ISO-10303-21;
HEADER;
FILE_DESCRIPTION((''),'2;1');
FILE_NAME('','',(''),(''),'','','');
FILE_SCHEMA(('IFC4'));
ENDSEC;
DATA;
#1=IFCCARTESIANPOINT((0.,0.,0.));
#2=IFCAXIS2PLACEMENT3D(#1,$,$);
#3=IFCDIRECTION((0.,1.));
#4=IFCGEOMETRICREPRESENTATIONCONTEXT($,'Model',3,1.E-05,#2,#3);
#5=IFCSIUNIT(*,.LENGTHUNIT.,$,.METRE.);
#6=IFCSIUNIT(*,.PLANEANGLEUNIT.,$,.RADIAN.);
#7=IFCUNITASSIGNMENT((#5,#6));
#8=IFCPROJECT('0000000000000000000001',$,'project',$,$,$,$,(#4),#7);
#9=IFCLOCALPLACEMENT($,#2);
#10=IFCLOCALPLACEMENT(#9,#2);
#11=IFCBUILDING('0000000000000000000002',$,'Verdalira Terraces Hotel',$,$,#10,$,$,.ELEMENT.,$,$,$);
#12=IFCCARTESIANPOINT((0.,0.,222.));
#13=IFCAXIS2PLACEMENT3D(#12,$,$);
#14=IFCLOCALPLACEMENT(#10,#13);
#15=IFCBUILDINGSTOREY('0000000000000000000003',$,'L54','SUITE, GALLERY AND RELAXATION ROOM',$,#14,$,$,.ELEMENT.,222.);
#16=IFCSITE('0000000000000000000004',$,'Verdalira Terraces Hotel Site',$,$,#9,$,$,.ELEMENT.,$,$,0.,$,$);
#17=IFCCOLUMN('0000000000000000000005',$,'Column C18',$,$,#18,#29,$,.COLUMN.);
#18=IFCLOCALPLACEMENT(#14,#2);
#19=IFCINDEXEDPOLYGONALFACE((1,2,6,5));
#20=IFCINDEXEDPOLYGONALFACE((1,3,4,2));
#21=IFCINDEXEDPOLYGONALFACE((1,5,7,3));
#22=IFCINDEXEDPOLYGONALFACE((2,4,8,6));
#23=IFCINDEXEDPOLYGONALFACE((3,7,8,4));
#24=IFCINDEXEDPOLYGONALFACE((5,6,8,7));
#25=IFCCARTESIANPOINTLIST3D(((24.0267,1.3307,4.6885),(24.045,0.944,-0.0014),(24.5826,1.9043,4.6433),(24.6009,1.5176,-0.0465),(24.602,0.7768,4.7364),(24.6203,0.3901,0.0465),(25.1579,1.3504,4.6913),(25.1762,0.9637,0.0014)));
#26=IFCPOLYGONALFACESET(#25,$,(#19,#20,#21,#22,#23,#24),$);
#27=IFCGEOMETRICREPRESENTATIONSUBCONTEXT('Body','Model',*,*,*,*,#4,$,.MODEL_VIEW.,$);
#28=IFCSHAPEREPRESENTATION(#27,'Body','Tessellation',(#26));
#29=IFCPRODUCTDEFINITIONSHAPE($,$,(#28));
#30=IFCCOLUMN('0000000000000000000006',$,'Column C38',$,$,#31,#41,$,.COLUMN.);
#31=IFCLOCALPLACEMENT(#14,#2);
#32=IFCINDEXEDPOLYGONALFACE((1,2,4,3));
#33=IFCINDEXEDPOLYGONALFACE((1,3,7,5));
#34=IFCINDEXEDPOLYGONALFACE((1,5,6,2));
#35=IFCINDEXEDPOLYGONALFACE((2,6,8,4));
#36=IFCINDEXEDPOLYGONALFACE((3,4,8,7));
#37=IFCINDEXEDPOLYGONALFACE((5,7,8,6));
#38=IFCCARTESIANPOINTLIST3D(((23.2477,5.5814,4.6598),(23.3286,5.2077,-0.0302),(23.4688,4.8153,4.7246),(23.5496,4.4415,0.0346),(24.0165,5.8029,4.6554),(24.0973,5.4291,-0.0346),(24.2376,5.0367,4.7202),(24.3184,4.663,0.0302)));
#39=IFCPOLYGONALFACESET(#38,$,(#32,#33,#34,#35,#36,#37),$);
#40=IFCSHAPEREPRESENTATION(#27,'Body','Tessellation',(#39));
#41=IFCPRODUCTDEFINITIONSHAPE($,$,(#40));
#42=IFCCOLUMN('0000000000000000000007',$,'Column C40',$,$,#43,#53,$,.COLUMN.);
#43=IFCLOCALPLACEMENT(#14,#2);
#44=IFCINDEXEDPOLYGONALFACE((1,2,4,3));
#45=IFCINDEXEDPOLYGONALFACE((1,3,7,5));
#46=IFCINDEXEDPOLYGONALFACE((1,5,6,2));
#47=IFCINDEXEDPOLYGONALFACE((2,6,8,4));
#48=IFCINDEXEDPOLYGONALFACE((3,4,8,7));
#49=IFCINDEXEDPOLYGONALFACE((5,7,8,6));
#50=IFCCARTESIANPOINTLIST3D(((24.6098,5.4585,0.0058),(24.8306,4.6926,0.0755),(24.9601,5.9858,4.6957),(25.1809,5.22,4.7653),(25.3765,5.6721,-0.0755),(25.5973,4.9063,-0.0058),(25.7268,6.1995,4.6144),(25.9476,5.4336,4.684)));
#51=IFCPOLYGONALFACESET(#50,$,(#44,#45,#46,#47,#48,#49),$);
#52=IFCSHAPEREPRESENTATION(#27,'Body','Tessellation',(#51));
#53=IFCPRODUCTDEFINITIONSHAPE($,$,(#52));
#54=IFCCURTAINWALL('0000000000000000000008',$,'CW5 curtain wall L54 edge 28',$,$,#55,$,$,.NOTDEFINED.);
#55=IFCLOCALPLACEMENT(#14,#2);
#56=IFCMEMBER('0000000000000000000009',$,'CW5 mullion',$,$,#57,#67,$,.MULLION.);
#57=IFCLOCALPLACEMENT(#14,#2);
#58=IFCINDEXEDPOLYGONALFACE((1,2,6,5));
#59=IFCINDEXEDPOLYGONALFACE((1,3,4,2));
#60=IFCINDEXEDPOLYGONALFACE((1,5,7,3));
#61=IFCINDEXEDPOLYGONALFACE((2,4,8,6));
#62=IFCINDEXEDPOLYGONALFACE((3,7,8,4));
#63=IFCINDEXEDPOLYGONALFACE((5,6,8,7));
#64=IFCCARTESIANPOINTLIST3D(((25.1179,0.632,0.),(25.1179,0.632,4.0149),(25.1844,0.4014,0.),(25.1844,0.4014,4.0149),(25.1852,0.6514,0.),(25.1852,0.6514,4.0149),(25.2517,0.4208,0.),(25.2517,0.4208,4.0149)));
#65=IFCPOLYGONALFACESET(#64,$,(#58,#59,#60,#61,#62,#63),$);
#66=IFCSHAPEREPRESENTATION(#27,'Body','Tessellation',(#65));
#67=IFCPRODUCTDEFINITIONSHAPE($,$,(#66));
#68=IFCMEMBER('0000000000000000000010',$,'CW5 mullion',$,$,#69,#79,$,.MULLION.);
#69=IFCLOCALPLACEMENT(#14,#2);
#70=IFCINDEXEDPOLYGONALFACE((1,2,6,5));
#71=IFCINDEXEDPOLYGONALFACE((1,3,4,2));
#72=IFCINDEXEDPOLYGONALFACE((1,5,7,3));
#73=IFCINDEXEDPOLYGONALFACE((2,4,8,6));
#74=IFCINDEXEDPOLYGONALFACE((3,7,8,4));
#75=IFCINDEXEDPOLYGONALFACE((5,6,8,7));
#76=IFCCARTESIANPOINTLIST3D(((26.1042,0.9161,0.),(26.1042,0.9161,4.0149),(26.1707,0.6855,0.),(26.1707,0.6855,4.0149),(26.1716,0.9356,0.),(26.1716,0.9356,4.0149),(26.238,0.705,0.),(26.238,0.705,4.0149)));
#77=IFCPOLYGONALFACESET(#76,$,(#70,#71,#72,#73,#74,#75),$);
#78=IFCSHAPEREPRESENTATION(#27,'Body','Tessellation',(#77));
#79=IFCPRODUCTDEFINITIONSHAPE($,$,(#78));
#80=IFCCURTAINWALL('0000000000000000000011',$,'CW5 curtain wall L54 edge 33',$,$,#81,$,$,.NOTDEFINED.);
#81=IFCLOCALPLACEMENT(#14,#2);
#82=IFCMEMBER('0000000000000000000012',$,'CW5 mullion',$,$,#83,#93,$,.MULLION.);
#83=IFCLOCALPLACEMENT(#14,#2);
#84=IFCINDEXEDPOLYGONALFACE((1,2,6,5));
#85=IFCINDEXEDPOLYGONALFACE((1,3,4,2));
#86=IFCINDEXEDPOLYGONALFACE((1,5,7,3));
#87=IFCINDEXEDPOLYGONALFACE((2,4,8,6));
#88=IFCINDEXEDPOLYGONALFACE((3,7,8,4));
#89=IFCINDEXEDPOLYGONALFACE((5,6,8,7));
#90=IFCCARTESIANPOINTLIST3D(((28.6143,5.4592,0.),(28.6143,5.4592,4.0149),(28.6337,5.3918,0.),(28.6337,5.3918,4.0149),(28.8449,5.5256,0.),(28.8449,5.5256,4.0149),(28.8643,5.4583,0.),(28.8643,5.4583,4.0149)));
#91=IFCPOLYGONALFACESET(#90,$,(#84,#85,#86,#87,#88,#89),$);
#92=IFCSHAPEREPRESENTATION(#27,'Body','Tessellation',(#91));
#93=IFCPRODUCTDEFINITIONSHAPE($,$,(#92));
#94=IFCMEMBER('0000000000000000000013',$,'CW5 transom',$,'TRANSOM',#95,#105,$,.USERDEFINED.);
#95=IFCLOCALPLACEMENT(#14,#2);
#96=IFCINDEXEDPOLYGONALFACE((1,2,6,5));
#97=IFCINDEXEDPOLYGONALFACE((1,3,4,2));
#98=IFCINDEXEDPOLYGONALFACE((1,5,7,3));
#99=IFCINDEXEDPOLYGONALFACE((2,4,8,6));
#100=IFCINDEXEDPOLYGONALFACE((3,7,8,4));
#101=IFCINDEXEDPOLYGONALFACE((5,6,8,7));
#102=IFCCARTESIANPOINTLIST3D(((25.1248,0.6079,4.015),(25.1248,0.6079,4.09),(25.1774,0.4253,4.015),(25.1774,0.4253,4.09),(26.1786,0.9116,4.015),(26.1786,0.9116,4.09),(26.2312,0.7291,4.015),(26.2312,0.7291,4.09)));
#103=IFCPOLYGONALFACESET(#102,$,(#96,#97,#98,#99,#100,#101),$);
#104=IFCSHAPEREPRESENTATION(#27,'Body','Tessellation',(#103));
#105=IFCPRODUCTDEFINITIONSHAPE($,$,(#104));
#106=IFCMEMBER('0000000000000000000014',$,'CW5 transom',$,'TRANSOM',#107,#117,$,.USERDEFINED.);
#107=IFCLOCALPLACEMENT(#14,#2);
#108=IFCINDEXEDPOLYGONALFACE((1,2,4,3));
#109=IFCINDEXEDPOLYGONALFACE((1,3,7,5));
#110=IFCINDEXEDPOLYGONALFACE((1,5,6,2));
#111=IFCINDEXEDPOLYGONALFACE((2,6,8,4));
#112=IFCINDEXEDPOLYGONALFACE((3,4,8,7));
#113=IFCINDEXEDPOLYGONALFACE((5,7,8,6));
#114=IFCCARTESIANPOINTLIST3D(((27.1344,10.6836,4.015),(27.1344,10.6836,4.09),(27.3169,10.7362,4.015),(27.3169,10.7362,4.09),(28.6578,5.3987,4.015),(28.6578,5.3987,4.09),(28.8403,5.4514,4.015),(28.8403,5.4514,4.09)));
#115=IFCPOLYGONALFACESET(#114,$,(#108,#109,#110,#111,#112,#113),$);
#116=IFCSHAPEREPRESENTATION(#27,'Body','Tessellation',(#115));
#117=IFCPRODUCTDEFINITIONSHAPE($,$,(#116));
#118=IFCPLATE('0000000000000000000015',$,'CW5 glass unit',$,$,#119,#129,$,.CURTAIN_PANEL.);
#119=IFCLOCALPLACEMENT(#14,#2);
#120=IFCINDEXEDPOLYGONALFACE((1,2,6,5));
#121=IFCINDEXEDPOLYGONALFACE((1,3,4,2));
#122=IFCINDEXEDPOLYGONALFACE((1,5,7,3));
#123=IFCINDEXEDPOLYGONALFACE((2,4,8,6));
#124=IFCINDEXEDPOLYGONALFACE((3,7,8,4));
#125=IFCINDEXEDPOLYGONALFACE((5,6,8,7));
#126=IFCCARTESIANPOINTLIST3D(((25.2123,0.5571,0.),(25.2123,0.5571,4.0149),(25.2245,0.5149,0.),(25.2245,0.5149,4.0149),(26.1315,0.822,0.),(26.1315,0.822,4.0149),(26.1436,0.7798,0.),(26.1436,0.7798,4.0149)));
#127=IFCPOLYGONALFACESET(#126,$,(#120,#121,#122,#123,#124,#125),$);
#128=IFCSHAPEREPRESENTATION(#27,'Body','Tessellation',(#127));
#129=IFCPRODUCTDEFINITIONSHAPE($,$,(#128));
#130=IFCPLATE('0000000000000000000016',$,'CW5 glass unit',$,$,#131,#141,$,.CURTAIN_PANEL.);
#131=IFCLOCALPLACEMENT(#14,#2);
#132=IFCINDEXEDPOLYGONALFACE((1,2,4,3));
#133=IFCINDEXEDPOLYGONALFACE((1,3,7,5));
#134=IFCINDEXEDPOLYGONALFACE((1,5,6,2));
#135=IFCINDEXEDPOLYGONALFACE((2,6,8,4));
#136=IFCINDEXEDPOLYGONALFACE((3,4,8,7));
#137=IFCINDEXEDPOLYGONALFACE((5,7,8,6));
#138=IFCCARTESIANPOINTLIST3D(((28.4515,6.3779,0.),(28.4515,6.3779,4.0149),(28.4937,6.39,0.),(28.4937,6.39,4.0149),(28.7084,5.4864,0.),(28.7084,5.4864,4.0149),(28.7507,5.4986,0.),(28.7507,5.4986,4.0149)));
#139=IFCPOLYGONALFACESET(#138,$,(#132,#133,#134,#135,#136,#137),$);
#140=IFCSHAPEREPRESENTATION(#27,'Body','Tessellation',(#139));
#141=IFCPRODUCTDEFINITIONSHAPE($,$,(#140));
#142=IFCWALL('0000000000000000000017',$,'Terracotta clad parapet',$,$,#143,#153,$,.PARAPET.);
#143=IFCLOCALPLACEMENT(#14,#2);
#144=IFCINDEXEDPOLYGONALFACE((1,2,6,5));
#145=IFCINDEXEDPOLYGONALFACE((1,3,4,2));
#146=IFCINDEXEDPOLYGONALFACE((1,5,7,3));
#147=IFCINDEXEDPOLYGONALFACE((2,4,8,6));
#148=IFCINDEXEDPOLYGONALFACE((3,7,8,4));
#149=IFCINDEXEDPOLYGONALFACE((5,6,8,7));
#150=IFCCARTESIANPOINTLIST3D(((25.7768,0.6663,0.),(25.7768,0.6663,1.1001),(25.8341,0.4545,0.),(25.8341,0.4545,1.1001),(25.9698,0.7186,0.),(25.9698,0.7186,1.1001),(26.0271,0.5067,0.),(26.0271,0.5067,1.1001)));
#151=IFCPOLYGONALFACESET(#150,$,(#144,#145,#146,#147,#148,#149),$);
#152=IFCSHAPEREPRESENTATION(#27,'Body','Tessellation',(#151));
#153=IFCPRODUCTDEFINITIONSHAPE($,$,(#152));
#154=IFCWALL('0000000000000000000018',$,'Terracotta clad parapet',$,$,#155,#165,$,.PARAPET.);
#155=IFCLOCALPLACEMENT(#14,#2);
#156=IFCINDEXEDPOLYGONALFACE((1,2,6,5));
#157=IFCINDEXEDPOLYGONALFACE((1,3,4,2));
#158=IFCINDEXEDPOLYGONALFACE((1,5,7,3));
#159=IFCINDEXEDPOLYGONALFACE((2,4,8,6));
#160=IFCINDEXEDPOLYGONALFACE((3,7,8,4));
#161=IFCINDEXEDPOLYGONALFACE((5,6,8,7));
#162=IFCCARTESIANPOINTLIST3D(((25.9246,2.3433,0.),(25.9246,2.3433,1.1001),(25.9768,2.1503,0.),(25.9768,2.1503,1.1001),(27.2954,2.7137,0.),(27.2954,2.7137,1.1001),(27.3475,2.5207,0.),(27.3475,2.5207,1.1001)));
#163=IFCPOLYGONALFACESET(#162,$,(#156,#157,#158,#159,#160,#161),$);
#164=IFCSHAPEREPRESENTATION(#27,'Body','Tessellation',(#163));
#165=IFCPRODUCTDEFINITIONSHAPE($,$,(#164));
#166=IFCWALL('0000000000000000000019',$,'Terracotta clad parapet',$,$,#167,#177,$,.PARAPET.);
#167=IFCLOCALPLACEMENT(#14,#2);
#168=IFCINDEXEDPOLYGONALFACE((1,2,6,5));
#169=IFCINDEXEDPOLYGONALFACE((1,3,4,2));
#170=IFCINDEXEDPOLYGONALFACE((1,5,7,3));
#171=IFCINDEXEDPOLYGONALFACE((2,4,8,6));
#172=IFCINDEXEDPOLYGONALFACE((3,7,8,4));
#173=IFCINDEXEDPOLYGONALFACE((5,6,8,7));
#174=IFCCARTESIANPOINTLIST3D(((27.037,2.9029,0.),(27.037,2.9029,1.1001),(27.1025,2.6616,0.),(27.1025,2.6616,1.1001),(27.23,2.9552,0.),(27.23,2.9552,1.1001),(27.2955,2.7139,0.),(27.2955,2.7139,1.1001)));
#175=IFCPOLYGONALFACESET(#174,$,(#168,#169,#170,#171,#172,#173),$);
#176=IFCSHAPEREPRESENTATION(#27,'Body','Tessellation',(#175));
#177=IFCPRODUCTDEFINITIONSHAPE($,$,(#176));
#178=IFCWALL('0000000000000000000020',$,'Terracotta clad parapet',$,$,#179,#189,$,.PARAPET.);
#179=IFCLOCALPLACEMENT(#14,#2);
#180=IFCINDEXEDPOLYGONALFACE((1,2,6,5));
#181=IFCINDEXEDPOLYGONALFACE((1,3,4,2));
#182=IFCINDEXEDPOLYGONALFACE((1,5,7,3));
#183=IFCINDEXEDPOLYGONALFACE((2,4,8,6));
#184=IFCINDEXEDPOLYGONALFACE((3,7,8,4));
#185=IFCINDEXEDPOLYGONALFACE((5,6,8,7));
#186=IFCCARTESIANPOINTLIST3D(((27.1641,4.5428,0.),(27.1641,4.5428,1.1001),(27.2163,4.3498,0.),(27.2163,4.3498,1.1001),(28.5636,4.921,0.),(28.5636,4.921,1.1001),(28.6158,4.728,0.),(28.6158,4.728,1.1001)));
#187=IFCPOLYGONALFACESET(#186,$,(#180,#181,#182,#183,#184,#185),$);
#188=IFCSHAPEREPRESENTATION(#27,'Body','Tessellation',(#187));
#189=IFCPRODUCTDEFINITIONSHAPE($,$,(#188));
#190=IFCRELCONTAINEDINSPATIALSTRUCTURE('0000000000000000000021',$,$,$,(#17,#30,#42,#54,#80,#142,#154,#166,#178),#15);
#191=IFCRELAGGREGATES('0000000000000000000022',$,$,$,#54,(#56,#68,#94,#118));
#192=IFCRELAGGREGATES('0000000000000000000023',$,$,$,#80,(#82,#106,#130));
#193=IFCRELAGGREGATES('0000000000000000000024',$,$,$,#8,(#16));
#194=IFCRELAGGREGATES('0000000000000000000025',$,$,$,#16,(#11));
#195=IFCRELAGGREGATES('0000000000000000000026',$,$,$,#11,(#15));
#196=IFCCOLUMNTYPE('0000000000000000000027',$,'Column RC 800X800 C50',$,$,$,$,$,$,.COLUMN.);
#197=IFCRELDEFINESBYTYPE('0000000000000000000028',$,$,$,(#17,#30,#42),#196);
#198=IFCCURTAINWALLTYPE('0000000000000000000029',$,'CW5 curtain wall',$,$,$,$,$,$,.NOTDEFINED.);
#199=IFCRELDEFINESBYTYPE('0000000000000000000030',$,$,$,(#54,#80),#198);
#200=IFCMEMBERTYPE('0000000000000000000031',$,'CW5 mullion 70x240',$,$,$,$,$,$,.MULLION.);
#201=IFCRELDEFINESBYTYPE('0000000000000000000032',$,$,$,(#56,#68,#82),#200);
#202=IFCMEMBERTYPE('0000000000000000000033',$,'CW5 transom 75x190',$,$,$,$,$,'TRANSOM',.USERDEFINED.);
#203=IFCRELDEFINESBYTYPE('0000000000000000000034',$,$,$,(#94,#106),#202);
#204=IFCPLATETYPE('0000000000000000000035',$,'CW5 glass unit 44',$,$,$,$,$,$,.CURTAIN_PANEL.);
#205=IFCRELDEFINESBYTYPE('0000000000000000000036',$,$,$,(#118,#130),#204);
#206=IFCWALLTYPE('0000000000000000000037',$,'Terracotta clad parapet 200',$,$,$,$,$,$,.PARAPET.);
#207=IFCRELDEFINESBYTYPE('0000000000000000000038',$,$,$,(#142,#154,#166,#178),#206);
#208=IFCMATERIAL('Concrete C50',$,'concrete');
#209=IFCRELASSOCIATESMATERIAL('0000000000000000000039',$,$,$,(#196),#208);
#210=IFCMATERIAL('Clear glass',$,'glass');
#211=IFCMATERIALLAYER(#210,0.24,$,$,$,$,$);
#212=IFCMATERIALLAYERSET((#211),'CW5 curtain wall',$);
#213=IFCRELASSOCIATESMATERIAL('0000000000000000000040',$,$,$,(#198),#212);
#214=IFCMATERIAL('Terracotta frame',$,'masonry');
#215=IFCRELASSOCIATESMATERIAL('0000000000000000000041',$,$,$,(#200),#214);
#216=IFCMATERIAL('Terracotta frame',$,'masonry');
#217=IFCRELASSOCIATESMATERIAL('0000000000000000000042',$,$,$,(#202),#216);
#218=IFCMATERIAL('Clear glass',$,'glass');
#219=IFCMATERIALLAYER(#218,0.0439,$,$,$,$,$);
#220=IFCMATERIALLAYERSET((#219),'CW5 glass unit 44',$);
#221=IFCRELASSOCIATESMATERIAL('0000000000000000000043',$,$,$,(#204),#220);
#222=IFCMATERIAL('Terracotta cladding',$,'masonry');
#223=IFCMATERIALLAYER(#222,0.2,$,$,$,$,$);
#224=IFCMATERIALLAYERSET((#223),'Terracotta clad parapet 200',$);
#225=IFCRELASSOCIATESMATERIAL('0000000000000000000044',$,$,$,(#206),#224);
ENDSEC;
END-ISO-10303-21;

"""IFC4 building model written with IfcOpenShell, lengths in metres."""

from ifc_helpers import new_model, si_unit, direction, frame, frame_2d, origin, origin_2d, place, context, subcontext, project, spatial, rectangle, extrude, material, layer, layer_set, material_profile, profile_set, type_object, element, aggregate, save


model = new_model("IFC4")

# Units and contexts
model_context = context("Model", 3, precision=1e-05, world=origin(), true_north=direction((0.0, 1.0)))
body_context = subcontext(model_context, "Body", "Model", "MODEL_VIEW")
ifc_project = project(units=[si_unit("LENGTHUNIT", "METRE"), si_unit("PLANEANGLEUNIT", "RADIAN")], contexts=[model_context])

# Site, building, storey
site_placement = place(None, origin())
site = spatial("IfcSite", under=ifc_project, at=site_placement, Name="Verdalira Terraces Hotel Site", CompositionType="ELEMENT", RefElevation=0.0)
building_placement = place(site_placement, origin())
building = spatial("IfcBuilding", under=site, at=building_placement, Name="Verdalira Terraces Hotel", CompositionType="ELEMENT")
storey_placement = place(building_placement, frame((0.0, 0.0, 222.0)))
storey = spatial("IfcBuildingStorey", under=building, at=storey_placement, Name="L54", Description="SUITE, GALLERY AND RELAXATION ROOM", CompositionType="ELEMENT", Elevation=222.0)

# Columns
ifc_material_1 = material(Name="Concrete C50", Category="concrete")
ifc_material_profile_1 = material_profile(ifc_material_1, rectangle(XDim=0.8, YDim=0.8, at=origin_2d()), Name="RC 800X800")
ifc_profile_set_1 = profile_set([ifc_material_profile_1], Name="Concrete C50")
column_type = type_object("IfcColumnType", Name="Column RC 800X800 C50", PredefinedType="COLUMN", material=ifc_profile_set_1)
column_1_placement = place(storey_placement, frame((24.6106, 0.9539, 0.0), z_axis=(-0.003891, 0.082178, 0.99661), x_axis=(-0.694843, -0.716946, 0.056404)))
element("IfcColumn", 1, at=column_1_placement, inside=storey, type_object=column_type, Name="Column C18", PredefinedType="COLUMN", context=body_context, shape_type="SweptSolid", body=[
    extrude(rectangle(XDim=0.8, YDim=0.8, at=origin_2d()), origin(), (0.0, 0.0, 1.0), 4.7058),
])
column_2_placement = place(storey_placement, frame((23.8235, 4.9353, 0.0), z_axis=(-0.017174, 0.079434, 0.996692), x_axis=(0.96091, 0.276807, -0.005504)))
element("IfcColumn", 2, at=column_2_placement, inside=storey, type_object=column_type, Name="Column C38", PredefinedType="COLUMN", context=body_context, shape_type="SweptSolid", body=[
    extrude(rectangle(XDim=0.8, YDim=0.8, at=origin_2d()), origin(), (0.0, 0.0, 1.0), 4.7056),
])
column_3_placement = place(storey_placement, frame((25.1035, 5.1824, 0.0), z_axis=(0.074029, 0.111431, 0.991011), x_axis=(0.958307, 0.267061, -0.101615)))
element("IfcColumn", 3, at=column_3_placement, inside=storey, type_object=column_type, Name="Column C40", PredefinedType="COLUMN", context=body_context, shape_type="SweptSolid", body=[
    extrude(rectangle(XDim=0.8, YDim=0.8, at=origin_2d()), origin(), (0.0, 0.0, 1.0), 4.7324),
])

# Curtain wall, members
ifc_material_2 = material(Name="Clear glass", Category="glass")
ifc_layer_1 = layer(ifc_material_2, 0.24)
ifc_layer_set_1 = layer_set([ifc_layer_1], Name="CW5 curtain wall")
curtain_wall_type = type_object("IfcCurtainWallType", Name="CW5 curtain wall", PredefinedType="NOTDEFINED", material=ifc_layer_set_1)
curtain_wall_1_placement = place(storey_placement, origin())
curtain_wall_1 = element("IfcCurtainWall", 4, at=curtain_wall_1_placement, inside=storey, type_object=curtain_wall_type, Name="CW5 curtain wall L54 edge 28", PredefinedType="NOTDEFINED")
ifc_material_3 = material(Name="Terracotta frame", Category="masonry")
ifc_material_profile_2 = material_profile(ifc_material_3, rectangle(XDim=0.0701, YDim=0.24, at=origin_2d()), Name="MU 70x240")
ifc_profile_set_2 = profile_set([ifc_material_profile_2], Name="Terracotta frame")
member_type_1 = type_object("IfcMemberType", Name="CW5 mullion 70x240", PredefinedType="MULLION", material=ifc_profile_set_2)
member_1_placement = place(storey_placement, frame((25.1848, 0.5264, 0.0), z_axis=(0.0, 0.0, 1.0), x_axis=(0.960876, 0.276979, 0.0)))
member_1 = element("IfcMember", 5, at=member_1_placement, type_object=member_type_1, Name="CW5 mullion", PredefinedType="MULLION", context=body_context, shape_type="SweptSolid", body=[
    extrude(rectangle(XDim=0.0701, YDim=0.24, at=origin_2d()), origin(), (0.0, 0.0, 1.0), 4.0149),
])
member_2_placement = place(storey_placement, frame((26.1711, 0.8105, 0.0), z_axis=(0.0, 0.0, 1.0), x_axis=(0.960876, 0.276979, 0.0)))
member_2 = element("IfcMember", 6, at=member_2_placement, type_object=member_type_1, Name="CW5 mullion", PredefinedType="MULLION", context=body_context, shape_type="SweptSolid", body=[
    extrude(rectangle(XDim=0.0701, YDim=0.24, at=origin_2d()), origin(), (0.0, 0.0, 1.0), 4.0149),
])

# Curtain wall, member
curtain_wall_2_placement = place(storey_placement, origin())
curtain_wall_2 = element("IfcCurtainWall", 7, at=curtain_wall_2_placement, inside=storey, type_object=curtain_wall_type, Name="CW5 curtain wall L54 edge 33", PredefinedType="NOTDEFINED")
member_3_placement = place(storey_placement, frame((28.7393, 5.4587, 0.0), z_axis=(0.0, 0.0, 1.0), x_axis=(-0.276979, 0.960876, 0.0)))
member_3 = element("IfcMember", 8, at=member_3_placement, type_object=member_type_1, Name="CW5 mullion", PredefinedType="MULLION", context=body_context, shape_type="SweptSolid", body=[
    extrude(rectangle(XDim=0.0701, YDim=0.24, at=origin_2d()), origin(), (0.0, 0.0, 1.0), 4.0149),
])

# Members
ifc_material_4 = material(Name="Terracotta frame", Category="masonry")
ifc_material_profile_3 = material_profile(ifc_material_4, rectangle(XDim=0.1899, YDim=0.075, at=origin_2d()), Name="TR 75x190")
ifc_profile_set_3 = profile_set([ifc_material_profile_3], Name="Terracotta frame")
member_type_2 = type_object("IfcMemberType", Name="CW5 transom 75x190", ElementType="TRANSOM", PredefinedType="USERDEFINED", material=ifc_profile_set_3)
member_4_placement = place(storey_placement, frame((25.1511, 0.5166, 4.0525), z_axis=(0.960883, 0.276955, 0.0), x_axis=(-0.276955, 0.960883, 0.0)))
member_4 = element("IfcMember", 9, at=member_4_placement, type_object=member_type_2, Name="CW5 transom", ObjectType="TRANSOM", PredefinedType="USERDEFINED", context=body_context, shape_type="SweptSolid", body=[
    extrude(rectangle(XDim=0.1899, YDim=0.075, at=origin_2d()), origin(), (0.0, 0.0, 1.0), 1.0967),
])
member_5_placement = place(storey_placement, frame((28.749, 5.425, 4.0525), z_axis=(-0.276983, 0.960875, 0.0), x_axis=(-0.960875, -0.276983, 0.0)))
member_5 = element("IfcMember", 10, at=member_5_placement, type_object=member_type_2, Name="CW5 transom", ObjectType="TRANSOM", PredefinedType="USERDEFINED", context=body_context, shape_type="SweptSolid", body=[
    extrude(rectangle(XDim=0.1899, YDim=0.075, at=origin_2d()), origin(), (0.0, 0.0, 1.0), 5.5),
])

# Plates
ifc_material_5 = material(Name="Clear glass", Category="glass")
ifc_layer_2 = layer(ifc_material_5, 0.0439)
ifc_layer_set_2 = layer_set([ifc_layer_2], Name="CW5 glass unit 44")
plate_type = type_object("IfcPlateType", Name="CW5 glass unit 44", PredefinedType="CURTAIN_PANEL", material=ifc_layer_set_2)
plate_1_placement = place(storey_placement, frame((25.678, 0.6685, 0.0), z_axis=(0.0, 0.0, 1.0), x_axis=(0.960876, 0.276979, 0.0)))
plate_1 = element("IfcPlate", 11, at=plate_1_placement, type_object=plate_type, Name="CW5 glass unit", PredefinedType="CURTAIN_PANEL", context=body_context, shape_type="SweptSolid", body=[
    extrude(rectangle(XDim=0.9565, YDim=0.0439, at=origin_2d()), origin(), (0.0, 0.0, 1.0), 4.0149),
])
aggregate(curtain_wall_1, [member_1, member_2, member_4, plate_1])
plate_2_placement = place(storey_placement, frame((28.6011, 5.9382, 0.0), z_axis=(0.0, 0.0, 1.0), x_axis=(-0.276979, 0.960876, 0.0)))
plate_2 = element("IfcPlate", 12, at=plate_2_placement, type_object=plate_type, Name="CW5 glass unit", PredefinedType="CURTAIN_PANEL", context=body_context, shape_type="SweptSolid", body=[
    extrude(rectangle(XDim=0.9277, YDim=0.0439, at=origin_2d()), origin(), (0.0, 0.0, 1.0), 4.0149),
])
aggregate(curtain_wall_2, [member_3, member_5, plate_2])

# Walls
ifc_material_6 = material(Name="Terracotta cladding", Category="masonry")
ifc_layer_3 = layer(ifc_material_6, 0.2)
ifc_layer_set_3 = layer_set([ifc_layer_3], Name="Terracotta clad parapet 200")
wall_type_1 = type_object("IfcWallType", Name="Terracotta clad parapet 200", PredefinedType="PARAPET", material=ifc_layer_set_3)
wall_1_placement = place(storey_placement, frame((25.9307, 0.4805, 0.0), z_axis=(0.0, 0.0, 1.0), x_axis=(-0.261329, 0.96525, 0.0)))
element("IfcWall", 13, at=wall_1_placement, inside=storey, type_object=wall_type_1, Name="Terracotta clad parapet", PredefinedType="PARAPET", context=body_context, shape_type="SweptSolid", body=[
    extrude(rectangle(XDim=0.2195, YDim=0.2, at=frame_2d((0.1099, 0.0))), origin(), (0.0, 0.0, 1.0), 1.1001),
])
wall_2_placement = place(storey_placement, frame((25.9507, 2.2468, 0.0), z_axis=(0.0, 0.0, 1.0), x_axis=(0.965388, 0.260818, 0.0)))
element("IfcWall", 14, at=wall_2_placement, inside=storey, type_object=wall_type_1, Name="Terracotta clad parapet", PredefinedType="PARAPET", context=body_context, shape_type="SweptSolid", body=[
    extrude(rectangle(XDim=1.4199, YDim=0.2, at=frame_2d((0.71, 0.0))), origin(), (0.0, 0.0, 1.0), 1.1001),
])
wall_3_placement = place(storey_placement, frame((27.199, 2.6877, 0.0), z_axis=(0.0, 0.0, 1.0), x_axis=(-0.261795, 0.965124, 0.0)))
element("IfcWall", 15, at=wall_3_placement, inside=storey, type_object=wall_type_1, Name="Terracotta clad parapet", PredefinedType="PARAPET", context=body_context, shape_type="SweptSolid", body=[
    extrude(rectangle(XDim=0.25, YDim=0.2, at=frame_2d((0.125, 0.0))), origin(), (0.0, 0.0, 1.0), 1.1001),
])
wall_4_placement = place(storey_placement, frame((27.1902, 4.4463, 0.0), z_axis=(0.0, 0.0, 1.0), x_axis=(0.965371, 0.260879, 0.0)))
element("IfcWall", 16, at=wall_4_placement, inside=storey, type_object=wall_type_1, Name="Terracotta clad parapet", PredefinedType="PARAPET", context=body_context, shape_type="SweptSolid", body=[
    extrude(rectangle(XDim=1.4497, YDim=0.2, at=frame_2d((0.7249, 0.0))), origin(), (0.0, 0.0, 1.0), 1.1001),
])

save(model, "model.ifc")
